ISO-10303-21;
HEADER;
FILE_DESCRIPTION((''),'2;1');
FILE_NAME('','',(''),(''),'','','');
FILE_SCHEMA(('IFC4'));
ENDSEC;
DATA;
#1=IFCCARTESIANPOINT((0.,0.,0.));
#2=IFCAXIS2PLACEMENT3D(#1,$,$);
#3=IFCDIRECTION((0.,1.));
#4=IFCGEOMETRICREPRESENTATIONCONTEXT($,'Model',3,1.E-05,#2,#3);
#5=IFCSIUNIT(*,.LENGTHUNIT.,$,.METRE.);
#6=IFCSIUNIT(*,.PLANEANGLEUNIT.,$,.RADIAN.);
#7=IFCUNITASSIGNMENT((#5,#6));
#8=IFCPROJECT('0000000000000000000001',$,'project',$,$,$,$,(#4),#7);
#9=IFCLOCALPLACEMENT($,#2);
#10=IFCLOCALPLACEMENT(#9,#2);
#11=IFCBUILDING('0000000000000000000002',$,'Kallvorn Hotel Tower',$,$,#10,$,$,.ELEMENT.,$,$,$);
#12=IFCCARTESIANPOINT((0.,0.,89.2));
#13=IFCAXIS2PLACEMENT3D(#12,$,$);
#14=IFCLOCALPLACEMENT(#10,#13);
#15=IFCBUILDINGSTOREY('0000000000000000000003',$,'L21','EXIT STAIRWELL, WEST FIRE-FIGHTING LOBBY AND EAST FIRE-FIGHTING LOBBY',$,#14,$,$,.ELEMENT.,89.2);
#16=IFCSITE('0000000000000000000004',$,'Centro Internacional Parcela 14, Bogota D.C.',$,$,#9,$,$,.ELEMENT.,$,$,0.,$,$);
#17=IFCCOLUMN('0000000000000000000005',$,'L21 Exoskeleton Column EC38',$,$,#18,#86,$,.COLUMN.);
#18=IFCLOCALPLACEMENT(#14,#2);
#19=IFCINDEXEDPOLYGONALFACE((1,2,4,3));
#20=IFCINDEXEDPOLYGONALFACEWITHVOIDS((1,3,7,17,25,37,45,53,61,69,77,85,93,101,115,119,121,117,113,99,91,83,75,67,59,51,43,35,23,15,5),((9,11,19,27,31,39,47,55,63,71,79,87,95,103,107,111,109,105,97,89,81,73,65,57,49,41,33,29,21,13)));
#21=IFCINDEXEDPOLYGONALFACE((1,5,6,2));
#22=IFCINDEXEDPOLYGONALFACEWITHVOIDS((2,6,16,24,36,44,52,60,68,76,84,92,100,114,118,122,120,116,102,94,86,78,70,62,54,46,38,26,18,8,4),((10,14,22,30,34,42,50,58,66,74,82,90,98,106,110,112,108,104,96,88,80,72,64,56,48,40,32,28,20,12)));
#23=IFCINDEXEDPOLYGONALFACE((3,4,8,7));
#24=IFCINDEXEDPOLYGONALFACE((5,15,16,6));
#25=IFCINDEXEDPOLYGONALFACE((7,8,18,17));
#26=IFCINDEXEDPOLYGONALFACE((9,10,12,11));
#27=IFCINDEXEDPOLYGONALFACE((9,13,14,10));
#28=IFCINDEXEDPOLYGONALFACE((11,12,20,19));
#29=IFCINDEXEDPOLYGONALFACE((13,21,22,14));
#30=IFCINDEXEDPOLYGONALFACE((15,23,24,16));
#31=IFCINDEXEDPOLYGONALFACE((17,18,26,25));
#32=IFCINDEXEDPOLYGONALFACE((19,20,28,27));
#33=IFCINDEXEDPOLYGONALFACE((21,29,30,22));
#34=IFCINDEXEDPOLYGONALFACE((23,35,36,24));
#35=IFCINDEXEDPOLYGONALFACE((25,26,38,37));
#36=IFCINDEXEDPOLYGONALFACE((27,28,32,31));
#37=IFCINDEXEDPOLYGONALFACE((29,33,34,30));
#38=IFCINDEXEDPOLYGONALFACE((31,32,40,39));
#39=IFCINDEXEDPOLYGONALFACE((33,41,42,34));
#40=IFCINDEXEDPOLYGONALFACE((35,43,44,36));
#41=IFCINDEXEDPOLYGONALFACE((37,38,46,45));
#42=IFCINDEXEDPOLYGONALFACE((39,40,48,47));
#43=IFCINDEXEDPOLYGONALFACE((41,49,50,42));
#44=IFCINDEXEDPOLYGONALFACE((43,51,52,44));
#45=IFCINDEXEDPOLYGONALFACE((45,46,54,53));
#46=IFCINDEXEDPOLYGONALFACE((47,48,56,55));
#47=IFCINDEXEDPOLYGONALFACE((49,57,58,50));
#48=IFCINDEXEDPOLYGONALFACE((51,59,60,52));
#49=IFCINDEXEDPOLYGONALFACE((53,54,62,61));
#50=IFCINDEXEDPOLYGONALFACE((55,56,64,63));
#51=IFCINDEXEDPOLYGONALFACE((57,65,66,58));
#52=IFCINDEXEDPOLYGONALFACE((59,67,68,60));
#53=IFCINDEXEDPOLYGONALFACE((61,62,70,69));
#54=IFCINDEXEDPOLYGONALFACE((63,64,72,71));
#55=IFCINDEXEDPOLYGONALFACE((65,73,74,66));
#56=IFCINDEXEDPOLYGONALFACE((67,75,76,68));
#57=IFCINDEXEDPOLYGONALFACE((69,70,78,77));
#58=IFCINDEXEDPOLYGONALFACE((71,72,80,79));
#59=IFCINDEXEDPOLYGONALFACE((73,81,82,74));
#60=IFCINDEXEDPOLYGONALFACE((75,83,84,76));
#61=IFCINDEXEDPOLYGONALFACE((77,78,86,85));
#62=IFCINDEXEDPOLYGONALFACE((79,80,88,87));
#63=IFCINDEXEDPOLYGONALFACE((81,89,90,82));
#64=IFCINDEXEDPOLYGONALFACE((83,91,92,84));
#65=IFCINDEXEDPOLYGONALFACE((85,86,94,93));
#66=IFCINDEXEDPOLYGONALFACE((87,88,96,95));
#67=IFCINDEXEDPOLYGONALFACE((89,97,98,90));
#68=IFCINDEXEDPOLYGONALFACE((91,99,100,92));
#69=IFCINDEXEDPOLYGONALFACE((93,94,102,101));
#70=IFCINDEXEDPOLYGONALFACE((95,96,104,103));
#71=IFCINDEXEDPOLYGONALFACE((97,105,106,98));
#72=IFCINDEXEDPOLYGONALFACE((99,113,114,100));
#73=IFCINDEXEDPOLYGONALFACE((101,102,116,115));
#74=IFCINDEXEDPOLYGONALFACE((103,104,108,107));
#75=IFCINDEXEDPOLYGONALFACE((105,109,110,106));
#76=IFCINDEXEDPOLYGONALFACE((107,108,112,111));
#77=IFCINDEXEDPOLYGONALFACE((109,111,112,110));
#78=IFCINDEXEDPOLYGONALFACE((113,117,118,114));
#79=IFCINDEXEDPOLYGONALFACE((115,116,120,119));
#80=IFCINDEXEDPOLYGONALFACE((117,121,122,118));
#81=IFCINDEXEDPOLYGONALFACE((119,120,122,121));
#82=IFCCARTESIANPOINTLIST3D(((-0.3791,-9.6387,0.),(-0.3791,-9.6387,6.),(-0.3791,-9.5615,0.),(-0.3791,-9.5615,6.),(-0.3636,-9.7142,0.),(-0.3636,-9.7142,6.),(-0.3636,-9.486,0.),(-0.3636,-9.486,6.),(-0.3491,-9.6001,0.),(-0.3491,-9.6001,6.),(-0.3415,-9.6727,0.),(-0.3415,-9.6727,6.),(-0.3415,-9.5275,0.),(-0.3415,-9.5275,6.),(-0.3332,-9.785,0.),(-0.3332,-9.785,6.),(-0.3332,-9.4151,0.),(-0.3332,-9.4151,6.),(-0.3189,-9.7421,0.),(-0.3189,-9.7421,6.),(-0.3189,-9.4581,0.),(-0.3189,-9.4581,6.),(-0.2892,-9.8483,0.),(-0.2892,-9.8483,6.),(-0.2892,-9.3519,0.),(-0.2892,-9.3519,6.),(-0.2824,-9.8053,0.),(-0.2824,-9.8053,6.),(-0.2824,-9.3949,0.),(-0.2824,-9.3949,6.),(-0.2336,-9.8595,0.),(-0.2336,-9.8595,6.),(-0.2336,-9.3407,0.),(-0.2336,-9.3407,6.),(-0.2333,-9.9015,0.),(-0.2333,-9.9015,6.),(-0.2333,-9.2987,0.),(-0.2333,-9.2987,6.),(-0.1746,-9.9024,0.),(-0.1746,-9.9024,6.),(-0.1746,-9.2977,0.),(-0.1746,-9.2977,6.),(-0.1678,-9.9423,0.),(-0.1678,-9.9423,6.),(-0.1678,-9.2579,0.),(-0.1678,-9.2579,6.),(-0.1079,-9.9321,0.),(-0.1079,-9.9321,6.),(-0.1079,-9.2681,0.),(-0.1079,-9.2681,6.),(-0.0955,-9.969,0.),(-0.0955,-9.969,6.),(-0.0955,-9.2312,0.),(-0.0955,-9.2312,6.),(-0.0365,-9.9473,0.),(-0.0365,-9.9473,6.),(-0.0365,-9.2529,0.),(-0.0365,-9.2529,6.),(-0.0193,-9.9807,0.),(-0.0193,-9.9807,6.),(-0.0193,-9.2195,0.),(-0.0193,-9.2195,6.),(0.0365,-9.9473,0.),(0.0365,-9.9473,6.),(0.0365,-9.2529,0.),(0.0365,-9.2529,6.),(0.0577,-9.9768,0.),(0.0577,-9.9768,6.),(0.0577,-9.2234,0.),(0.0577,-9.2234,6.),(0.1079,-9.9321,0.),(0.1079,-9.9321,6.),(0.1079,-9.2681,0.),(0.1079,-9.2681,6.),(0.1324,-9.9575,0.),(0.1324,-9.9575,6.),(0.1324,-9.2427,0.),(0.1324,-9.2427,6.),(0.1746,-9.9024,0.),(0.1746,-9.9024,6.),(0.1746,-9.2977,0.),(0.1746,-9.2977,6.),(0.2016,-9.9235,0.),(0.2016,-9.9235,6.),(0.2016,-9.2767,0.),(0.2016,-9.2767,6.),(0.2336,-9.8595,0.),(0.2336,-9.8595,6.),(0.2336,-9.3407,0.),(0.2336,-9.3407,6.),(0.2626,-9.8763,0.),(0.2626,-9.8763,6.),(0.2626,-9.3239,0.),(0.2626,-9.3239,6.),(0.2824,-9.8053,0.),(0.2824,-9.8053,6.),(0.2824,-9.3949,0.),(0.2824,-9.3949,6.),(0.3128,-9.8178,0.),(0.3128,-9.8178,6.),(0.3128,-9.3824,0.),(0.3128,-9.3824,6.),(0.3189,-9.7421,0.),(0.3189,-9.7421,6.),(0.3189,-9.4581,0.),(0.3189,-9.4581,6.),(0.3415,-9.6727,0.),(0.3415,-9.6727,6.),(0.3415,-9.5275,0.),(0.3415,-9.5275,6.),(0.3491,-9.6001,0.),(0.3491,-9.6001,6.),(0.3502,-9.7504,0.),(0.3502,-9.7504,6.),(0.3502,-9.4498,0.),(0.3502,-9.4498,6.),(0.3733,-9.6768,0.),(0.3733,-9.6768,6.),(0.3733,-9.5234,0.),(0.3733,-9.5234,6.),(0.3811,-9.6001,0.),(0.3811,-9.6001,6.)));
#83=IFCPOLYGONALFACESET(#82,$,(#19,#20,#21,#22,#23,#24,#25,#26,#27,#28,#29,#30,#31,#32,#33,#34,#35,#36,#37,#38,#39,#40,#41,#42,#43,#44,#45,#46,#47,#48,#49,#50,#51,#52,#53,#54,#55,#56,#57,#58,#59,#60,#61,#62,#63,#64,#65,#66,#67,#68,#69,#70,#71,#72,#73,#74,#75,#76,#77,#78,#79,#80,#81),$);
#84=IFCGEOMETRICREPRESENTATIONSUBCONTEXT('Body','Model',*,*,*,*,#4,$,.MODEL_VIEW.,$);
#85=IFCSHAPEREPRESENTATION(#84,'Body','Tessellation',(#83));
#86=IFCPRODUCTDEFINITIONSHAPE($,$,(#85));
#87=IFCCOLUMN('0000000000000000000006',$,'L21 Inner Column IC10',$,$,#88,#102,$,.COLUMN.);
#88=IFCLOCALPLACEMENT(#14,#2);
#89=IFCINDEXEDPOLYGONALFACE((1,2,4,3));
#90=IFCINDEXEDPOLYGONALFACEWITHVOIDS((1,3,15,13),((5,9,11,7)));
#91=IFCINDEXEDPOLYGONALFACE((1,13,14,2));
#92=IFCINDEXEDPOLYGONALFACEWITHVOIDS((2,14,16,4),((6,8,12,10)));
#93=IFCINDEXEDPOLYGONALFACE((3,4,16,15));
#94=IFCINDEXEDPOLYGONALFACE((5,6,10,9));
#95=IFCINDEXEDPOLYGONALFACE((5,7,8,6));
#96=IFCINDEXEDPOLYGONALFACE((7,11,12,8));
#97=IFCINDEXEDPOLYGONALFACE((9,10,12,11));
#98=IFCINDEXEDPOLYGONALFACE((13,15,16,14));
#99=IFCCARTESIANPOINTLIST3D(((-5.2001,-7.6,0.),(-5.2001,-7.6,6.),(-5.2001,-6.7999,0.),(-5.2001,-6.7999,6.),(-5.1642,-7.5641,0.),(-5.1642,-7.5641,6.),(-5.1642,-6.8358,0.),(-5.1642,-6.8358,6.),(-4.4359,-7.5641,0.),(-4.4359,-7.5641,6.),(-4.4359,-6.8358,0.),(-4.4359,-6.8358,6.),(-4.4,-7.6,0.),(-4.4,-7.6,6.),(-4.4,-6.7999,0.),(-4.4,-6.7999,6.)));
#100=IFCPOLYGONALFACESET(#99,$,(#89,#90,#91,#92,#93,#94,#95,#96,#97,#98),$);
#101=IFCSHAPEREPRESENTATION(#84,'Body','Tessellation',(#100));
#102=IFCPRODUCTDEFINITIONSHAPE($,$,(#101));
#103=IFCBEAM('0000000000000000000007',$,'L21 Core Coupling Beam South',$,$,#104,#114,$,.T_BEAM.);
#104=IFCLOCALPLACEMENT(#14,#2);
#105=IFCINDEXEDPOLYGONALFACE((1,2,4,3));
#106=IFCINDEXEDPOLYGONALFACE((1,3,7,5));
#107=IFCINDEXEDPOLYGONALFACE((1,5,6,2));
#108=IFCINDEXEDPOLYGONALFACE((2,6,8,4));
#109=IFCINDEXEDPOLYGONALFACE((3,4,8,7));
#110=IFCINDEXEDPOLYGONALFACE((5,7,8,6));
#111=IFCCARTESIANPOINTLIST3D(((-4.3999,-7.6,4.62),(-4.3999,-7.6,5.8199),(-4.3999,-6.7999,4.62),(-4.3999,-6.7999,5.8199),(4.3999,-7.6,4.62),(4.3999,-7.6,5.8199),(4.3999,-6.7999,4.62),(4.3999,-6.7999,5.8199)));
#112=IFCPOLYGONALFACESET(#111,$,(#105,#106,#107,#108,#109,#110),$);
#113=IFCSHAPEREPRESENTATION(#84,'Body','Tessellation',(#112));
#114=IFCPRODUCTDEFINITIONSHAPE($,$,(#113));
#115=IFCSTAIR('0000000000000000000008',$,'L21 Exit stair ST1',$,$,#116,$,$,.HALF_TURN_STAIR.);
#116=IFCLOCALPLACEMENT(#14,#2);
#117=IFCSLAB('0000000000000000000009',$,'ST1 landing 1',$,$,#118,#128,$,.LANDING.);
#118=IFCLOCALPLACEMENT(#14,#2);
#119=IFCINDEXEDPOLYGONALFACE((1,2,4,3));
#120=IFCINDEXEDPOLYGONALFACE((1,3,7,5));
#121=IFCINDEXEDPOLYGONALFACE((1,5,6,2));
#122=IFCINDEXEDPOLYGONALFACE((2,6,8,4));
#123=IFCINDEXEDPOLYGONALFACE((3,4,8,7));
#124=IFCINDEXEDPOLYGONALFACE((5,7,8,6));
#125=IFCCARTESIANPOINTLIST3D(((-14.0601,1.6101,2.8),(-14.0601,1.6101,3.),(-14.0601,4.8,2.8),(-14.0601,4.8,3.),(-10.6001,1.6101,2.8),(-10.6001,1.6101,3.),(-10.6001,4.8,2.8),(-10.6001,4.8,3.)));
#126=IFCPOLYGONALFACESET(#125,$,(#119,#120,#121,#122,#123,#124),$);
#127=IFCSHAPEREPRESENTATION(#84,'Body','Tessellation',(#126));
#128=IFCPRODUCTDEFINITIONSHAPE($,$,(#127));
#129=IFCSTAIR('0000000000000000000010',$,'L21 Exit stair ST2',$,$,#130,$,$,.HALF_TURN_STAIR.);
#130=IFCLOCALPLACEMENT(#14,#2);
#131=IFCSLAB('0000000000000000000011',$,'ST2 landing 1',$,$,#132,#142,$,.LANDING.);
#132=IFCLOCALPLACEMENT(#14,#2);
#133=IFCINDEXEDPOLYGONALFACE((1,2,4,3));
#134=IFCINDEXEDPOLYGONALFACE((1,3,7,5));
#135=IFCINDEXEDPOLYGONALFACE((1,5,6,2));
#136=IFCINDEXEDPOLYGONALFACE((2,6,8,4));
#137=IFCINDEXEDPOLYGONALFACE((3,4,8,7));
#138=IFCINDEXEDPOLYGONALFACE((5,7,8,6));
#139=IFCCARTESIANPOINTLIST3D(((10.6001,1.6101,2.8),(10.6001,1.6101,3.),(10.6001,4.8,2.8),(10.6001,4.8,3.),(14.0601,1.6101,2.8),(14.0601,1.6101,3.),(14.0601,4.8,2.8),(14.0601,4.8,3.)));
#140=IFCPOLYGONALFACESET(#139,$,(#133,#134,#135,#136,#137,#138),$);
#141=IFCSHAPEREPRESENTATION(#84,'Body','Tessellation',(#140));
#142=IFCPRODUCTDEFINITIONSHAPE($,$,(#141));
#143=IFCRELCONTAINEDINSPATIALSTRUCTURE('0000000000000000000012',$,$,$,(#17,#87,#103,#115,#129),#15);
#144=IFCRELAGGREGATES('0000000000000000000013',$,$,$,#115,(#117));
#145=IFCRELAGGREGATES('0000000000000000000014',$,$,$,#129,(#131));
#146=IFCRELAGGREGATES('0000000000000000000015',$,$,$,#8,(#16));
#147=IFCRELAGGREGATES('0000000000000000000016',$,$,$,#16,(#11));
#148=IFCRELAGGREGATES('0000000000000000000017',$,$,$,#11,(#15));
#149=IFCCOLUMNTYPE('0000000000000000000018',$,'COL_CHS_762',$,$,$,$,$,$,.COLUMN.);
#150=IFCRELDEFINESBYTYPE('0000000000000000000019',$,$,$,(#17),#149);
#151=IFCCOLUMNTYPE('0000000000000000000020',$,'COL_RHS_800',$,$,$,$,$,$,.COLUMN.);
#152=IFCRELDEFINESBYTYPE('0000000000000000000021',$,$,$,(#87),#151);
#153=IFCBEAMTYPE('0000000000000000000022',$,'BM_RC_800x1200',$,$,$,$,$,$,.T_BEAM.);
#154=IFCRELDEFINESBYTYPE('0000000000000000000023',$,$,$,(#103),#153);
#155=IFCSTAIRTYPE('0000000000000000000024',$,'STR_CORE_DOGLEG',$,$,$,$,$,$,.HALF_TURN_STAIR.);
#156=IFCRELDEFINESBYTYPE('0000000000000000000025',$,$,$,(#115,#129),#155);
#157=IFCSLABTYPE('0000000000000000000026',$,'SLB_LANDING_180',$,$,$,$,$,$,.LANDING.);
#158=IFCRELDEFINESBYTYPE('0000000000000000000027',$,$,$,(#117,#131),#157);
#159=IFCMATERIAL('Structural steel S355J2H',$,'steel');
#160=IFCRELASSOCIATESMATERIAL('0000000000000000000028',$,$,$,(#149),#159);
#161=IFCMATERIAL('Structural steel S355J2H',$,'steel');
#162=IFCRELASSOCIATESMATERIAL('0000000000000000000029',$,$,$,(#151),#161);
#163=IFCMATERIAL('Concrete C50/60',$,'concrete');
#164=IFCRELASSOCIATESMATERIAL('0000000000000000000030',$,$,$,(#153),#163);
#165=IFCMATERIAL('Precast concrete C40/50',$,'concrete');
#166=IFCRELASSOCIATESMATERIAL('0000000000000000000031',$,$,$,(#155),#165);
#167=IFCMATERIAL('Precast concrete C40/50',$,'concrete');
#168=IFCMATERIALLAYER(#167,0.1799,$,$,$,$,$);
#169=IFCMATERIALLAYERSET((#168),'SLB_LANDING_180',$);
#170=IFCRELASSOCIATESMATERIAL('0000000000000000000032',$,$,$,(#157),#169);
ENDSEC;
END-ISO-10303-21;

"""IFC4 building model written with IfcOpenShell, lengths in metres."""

from ifc_helpers import new_model, si_unit, direction, frame, origin, origin_2d, place, context, subcontext, project, spatial, polyline, rectangle, hollow_rectangle, hollow_circle, outline, extrude, material, layer, layer_set, material_profile, profile_set, type_object, element, aggregate, save


model = new_model("IFC4")

# Units and contexts
model_context = context("Model", 3, precision=1e-05, world=origin(), true_north=direction((0.0, 1.0)))
body_context = subcontext(model_context, "Body", "Model", "MODEL_VIEW")
ifc_project = project(units=[si_unit("LENGTHUNIT", "METRE"), si_unit("PLANEANGLEUNIT", "RADIAN")], contexts=[model_context])

# Site, building, storey
site_placement = place(None, origin())
site = spatial("IfcSite", under=ifc_project, at=site_placement, Name="Centro Internacional Parcela 14, Bogota D.C.", CompositionType="ELEMENT", RefElevation=0.0)
building_placement = place(site_placement, origin())
building = spatial("IfcBuilding", under=site, at=building_placement, Name="Kallvorn Hotel Tower", CompositionType="ELEMENT")
storey_placement = place(building_placement, frame((0.0, 0.0, 89.2)))
storey = spatial("IfcBuildingStorey", under=building, at=storey_placement, Name="L21", Description="EXIT STAIRWELL, WEST FIRE-FIGHTING LOBBY AND EAST FIRE-FIGHTING LOBBY", CompositionType="ELEMENT", Elevation=89.2)

# Columns
ifc_material_1 = material(Name="Structural steel S355J2H", Category="steel")
ifc_material_profile_1 = material_profile(ifc_material_1, hollow_circle(Radius=0.3811, WallThickness=0.032, at=origin_2d()), Name="CHS 762x32")
ifc_profile_set_1 = profile_set([ifc_material_profile_1], Name="Structural steel S355J2H")
column_type_1 = type_object("IfcColumnType", Name="COL_CHS_762", PredefinedType="COLUMN", material=ifc_profile_set_1)
column_1_placement = place(storey_placement, frame((0.0, -9.6001, 0.0), z_axis=(0.0, 0.0, 1.0), x_axis=(1.0, 0.0, 0.0)))
element("IfcColumn", 1, at=column_1_placement, inside=storey, type_object=column_type_1, Name="L21 Exoskeleton Column EC38", PredefinedType="COLUMN", context=body_context, shape_type="SweptSolid", body=[
    extrude(hollow_circle(Radius=0.3811, WallThickness=0.032, at=origin_2d()), origin(), (0.0, 0.0, 1.0), 6.0),
])
ifc_material_2 = material(Name="Structural steel S355J2H", Category="steel")
ifc_material_profile_2 = material_profile(ifc_material_2, hollow_rectangle(XDim=0.8, YDim=0.8, WallThickness=0.0359, at=origin_2d()), Name="RHS 800x800x36")
ifc_profile_set_2 = profile_set([ifc_material_profile_2], Name="Structural steel S355J2H")
column_type_2 = type_object("IfcColumnType", Name="COL_RHS_800", PredefinedType="COLUMN", material=ifc_profile_set_2)
column_2_placement = place(storey_placement, frame((-4.8, -7.2, 0.0), z_axis=(0.0, 0.0, 1.0), x_axis=(1.0, 0.0, 0.0)))
element("IfcColumn", 2, at=column_2_placement, inside=storey, type_object=column_type_2, Name="L21 Inner Column IC10", PredefinedType="COLUMN", context=body_context, shape_type="SweptSolid", body=[
    extrude(hollow_rectangle(XDim=0.8, YDim=0.8, WallThickness=0.0359, at=origin_2d()), origin(), (0.0, 0.0, 1.0), 6.0),
])

# Beam
ifc_material_3 = material(Name="Concrete C50/60", Category="concrete")
ifc_material_profile_3 = material_profile(ifc_material_3, rectangle(XDim=0.8, YDim=1.2, at=origin_2d()), Name="RC 800x1200")
ifc_profile_set_3 = profile_set([ifc_material_profile_3], Name="Concrete C50/60")
beam_type = type_object("IfcBeamType", Name="BM_RC_800x1200", PredefinedType="T_BEAM", material=ifc_profile_set_3)
beam_placement = place(storey_placement, frame((-4.3999, -7.2, 5.22), z_axis=(1.0, 0.0, 0.0), x_axis=(0.0, 1.0, 0.0)))
element("IfcBeam", 3, at=beam_placement, inside=storey, type_object=beam_type, Name="L21 Core Coupling Beam South", PredefinedType="T_BEAM", context=body_context, shape_type="SweptSolid", body=[
    extrude(rectangle(XDim=0.8, YDim=1.2, at=origin_2d()), origin(), (0.0, 0.0, 1.0), 8.7998),
])

# Stairs, slabs
ifc_material_4 = material(Name="Precast concrete C40/50", Category="concrete")
stair_type = type_object("IfcStairType", Name="STR_CORE_DOGLEG", PredefinedType="HALF_TURN_STAIR", material=ifc_material_4)
stair_1_placement = place(storey_placement, origin())
stair_1 = element("IfcStair", 4, at=stair_1_placement, inside=storey, type_object=stair_type, Name="L21 Exit stair ST1", PredefinedType="HALF_TURN_STAIR")
ifc_material_5 = material(Name="Precast concrete C40/50", Category="concrete")
ifc_layer_1 = layer(ifc_material_5, 0.1799)
ifc_layer_set_1 = layer_set([ifc_layer_1], Name="SLB_LANDING_180")
slab_type_1 = type_object("IfcSlabType", Name="SLB_LANDING_180", PredefinedType="LANDING", material=ifc_layer_set_1)
slab_1_placement = place(storey_placement, frame((0.0, 0.0, 2.8)))
slab_1 = element("IfcSlab", 5, at=slab_1_placement, type_object=slab_type_1, Name="ST1 landing 1", PredefinedType="LANDING", context=body_context, shape_type="SweptSolid", body=[
    extrude(outline(polyline([(-10.6001, 1.6101), (-10.6001, 4.8), (-14.0601, 4.8), (-14.0601, 1.6101), (-10.6001, 1.6101)])), origin(), (0.0, 0.0, 1.0), 0.2),
])
aggregate(stair_1, [slab_1])
stair_2_placement = place(storey_placement, origin())
stair_2 = element("IfcStair", 6, at=stair_2_placement, inside=storey, type_object=stair_type, Name="L21 Exit stair ST2", PredefinedType="HALF_TURN_STAIR")
slab_2_placement = place(storey_placement, frame((0.0, 0.0, 2.8)))
slab_2 = element("IfcSlab", 7, at=slab_2_placement, type_object=slab_type_1, Name="ST2 landing 1", PredefinedType="LANDING", context=body_context, shape_type="SweptSolid", body=[
    extrude(outline(polyline([(14.0601, 1.6101), (14.0601, 4.8), (10.6001, 4.8), (10.6001, 1.6101), (14.0601, 1.6101)])), origin(), (0.0, 0.0, 1.0), 0.2),
])
aggregate(stair_2, [slab_2])

save(model, "model.ifc")
